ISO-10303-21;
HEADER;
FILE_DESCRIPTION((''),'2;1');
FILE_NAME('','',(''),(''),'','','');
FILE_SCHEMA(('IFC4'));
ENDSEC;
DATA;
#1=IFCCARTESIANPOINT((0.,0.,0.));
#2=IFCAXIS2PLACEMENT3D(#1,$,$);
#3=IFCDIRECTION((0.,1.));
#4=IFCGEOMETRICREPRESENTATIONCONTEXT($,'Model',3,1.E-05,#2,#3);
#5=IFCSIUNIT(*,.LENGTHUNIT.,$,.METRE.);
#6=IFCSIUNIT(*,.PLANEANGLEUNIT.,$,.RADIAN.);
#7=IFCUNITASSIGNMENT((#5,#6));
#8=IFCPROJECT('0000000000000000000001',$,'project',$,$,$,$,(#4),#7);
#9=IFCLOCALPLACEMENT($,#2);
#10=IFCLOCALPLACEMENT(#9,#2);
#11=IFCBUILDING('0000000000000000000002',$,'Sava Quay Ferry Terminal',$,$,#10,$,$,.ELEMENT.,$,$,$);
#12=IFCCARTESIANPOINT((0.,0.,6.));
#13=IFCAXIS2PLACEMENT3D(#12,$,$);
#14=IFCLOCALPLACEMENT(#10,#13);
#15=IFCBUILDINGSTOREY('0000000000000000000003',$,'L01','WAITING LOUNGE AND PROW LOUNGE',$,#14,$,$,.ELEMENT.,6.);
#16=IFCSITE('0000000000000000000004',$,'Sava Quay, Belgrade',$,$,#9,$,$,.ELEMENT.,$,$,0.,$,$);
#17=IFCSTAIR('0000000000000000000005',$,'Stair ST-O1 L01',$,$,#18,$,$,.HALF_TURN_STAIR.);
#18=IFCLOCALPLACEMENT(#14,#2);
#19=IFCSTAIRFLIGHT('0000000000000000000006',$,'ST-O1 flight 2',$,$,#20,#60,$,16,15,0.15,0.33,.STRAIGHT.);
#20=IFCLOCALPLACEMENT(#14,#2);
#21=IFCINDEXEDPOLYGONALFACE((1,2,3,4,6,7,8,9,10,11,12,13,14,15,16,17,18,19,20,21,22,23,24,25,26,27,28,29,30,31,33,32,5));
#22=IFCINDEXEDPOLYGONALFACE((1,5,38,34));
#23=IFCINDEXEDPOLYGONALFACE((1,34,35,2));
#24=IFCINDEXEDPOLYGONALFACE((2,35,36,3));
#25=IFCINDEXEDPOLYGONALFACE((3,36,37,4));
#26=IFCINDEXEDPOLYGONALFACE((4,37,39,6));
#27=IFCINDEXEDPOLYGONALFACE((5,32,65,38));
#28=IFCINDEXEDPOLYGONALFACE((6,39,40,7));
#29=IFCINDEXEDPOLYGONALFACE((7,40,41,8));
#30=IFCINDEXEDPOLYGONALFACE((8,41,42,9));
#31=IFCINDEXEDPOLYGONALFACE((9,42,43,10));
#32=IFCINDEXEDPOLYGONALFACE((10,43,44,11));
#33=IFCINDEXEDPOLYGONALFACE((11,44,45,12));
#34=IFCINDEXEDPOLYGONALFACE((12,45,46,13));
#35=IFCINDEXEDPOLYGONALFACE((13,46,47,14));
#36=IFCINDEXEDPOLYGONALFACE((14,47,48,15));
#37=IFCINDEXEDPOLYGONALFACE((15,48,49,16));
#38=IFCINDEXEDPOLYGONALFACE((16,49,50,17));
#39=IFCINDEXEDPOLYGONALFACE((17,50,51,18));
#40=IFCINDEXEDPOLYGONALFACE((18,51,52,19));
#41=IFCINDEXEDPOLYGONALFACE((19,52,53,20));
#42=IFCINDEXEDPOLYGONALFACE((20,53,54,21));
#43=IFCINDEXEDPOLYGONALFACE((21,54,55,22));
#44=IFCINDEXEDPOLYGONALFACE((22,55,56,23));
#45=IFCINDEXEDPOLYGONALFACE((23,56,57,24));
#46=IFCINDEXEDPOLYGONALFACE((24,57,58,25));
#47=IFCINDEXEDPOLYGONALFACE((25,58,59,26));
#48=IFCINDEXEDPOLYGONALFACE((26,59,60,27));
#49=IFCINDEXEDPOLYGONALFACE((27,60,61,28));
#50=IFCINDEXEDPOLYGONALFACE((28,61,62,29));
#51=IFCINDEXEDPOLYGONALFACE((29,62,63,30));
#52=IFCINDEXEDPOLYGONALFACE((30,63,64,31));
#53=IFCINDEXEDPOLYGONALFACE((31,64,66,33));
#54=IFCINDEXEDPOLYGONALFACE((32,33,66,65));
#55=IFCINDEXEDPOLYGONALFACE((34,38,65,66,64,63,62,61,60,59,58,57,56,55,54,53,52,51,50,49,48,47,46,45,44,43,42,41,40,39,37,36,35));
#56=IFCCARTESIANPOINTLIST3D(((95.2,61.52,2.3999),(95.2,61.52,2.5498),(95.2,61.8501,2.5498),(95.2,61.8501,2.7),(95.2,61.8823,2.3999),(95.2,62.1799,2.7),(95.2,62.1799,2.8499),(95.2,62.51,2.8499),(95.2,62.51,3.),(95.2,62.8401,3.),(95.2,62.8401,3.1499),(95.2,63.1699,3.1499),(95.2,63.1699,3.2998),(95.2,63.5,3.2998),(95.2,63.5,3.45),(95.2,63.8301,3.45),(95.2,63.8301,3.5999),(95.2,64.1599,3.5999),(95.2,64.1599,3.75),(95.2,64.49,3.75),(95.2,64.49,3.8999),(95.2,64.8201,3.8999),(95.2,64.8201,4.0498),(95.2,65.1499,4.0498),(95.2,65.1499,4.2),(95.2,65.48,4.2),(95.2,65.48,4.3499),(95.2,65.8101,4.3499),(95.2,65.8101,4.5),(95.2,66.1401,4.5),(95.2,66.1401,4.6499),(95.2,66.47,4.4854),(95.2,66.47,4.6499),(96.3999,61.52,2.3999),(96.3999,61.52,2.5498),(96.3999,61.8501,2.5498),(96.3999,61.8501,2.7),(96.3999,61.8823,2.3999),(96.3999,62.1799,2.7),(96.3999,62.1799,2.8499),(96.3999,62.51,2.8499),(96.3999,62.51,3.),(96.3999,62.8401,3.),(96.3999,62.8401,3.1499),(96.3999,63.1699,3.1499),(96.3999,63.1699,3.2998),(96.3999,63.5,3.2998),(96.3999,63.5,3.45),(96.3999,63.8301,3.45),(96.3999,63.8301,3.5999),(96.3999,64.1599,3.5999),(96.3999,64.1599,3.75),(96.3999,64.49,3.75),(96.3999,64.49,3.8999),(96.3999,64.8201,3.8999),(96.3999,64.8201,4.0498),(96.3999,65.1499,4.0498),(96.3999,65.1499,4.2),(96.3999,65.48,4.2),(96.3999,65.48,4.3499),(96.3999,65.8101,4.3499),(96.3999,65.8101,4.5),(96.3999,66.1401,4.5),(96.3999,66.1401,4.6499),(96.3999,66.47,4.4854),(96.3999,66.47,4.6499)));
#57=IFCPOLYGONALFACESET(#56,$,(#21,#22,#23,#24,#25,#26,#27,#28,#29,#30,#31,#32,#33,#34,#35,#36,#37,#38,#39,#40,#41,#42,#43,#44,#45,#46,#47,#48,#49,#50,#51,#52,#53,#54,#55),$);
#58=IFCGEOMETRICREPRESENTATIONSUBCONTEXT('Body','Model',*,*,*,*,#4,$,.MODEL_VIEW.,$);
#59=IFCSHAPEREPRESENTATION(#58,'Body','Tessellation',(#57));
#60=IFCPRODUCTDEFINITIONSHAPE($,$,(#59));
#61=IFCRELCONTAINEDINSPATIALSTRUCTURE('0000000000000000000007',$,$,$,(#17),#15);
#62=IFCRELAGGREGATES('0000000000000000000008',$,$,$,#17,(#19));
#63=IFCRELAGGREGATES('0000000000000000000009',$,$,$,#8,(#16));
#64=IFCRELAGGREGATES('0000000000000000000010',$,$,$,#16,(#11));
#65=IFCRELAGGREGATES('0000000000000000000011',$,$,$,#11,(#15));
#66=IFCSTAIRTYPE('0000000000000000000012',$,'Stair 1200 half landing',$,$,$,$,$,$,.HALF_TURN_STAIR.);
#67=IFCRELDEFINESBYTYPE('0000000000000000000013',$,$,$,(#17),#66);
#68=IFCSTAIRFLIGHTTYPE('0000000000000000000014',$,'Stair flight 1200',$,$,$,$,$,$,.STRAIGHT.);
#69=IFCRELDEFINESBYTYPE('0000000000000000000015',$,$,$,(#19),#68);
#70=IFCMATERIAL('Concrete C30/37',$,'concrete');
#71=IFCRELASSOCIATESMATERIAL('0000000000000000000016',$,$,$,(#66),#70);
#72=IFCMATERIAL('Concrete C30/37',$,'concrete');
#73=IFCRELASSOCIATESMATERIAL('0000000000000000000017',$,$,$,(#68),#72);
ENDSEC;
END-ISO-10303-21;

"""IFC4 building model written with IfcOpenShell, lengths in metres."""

from ifc_helpers import new_model, si_unit, direction, frame, origin, place, context, subcontext, project, spatial, polyline, outline, extrude, material, type_object, element, aggregate, save


model = new_model("IFC4")

# Units and contexts
model_context = context("Model", 3, precision=1e-05, world=origin(), true_north=direction((0.0, 1.0)))
body_context = subcontext(model_context, "Body", "Model", "MODEL_VIEW")
ifc_project = project(units=[si_unit("LENGTHUNIT", "METRE"), si_unit("PLANEANGLEUNIT", "RADIAN")], contexts=[model_context])

# Site, building, storey
site_placement = place(None, origin())
site = spatial("IfcSite", under=ifc_project, at=site_placement, Name="Sava Quay, Belgrade", CompositionType="ELEMENT", RefElevation=0.0)
building_placement = place(site_placement, origin())
building = spatial("IfcBuilding", under=site, at=building_placement, Name="Sava Quay Ferry Terminal", CompositionType="ELEMENT")
storey_placement = place(building_placement, frame((0.0, 0.0, 6.0)))
storey = spatial("IfcBuildingStorey", under=building, at=storey_placement, Name="L01", Description="WAITING LOUNGE AND PROW LOUNGE", CompositionType="ELEMENT", Elevation=6.0)

# Stair, stair flight
ifc_material_1 = material(Name="Concrete C30/37", Category="concrete")
stair_type = type_object("IfcStairType", Name="Stair 1200 half landing", PredefinedType="HALF_TURN_STAIR", material=ifc_material_1)
stair_placement = place(storey_placement, origin())
stair = element("IfcStair", 1, at=stair_placement, inside=storey, type_object=stair_type, Name="Stair ST-O1 L01", PredefinedType="HALF_TURN_STAIR")
ifc_material_2 = material(Name="Concrete C30/37", Category="concrete")
stair_flight_type = type_object("IfcStairFlightType", Name="Stair flight 1200", PredefinedType="STRAIGHT", material=ifc_material_2)
stair_flight_placement = place(storey_placement, frame((95.8, 61.52, 2.3999), z_axis=(0.0, 0.0, 1.0), x_axis=(0.0, 1.0, 0.0)))
stair_flight = element("IfcStairFlight", 2, at=stair_flight_placement, type_object=stair_flight_type, Name="ST-O1 flight 2", NumberOfRisers=16, NumberOfTreads=15, PredefinedType="STRAIGHT", RiserHeight=0.15, TreadLength=0.33, context=body_context, shape_type="SweptSolid", body=[
    extrude(outline(polyline([(0.0, 0.0), (0.0, 0.1499), (0.3301, 0.1499), (0.3301, 0.3), (0.6599, 0.3), (0.6599, 0.45), (0.99, 0.45), (0.99, 0.6001), (1.3201, 0.6001), (1.3201, 0.75), (1.6499, 0.75), (1.6499, 0.8999), (1.98, 0.8999), (1.98, 1.05), (2.3101, 1.05), (2.3101, 1.2), (2.6399, 1.2), (2.6399, 1.3501), (2.97, 1.3501), (2.97, 1.5), (3.3, 1.5), (3.3, 1.6499), (3.6299, 1.6499), (3.6299, 1.8), (3.96, 1.8), (3.96, 1.95), (4.29, 1.95), (4.29, 2.1001), (4.6201, 2.1001), (4.6201, 2.25), (4.95, 2.25), (4.95, 2.3999), (4.95, 2.0854), (0.3623, 0.0), (0.0, 0.0)])), frame((0.0, 0.6001, 0.0), z_axis=(0.0, -1.0, 0.0), x_axis=(1.0, 0.0, 0.0)), (0.0, 0.0, 1.0), 1.2),
])
aggregate(stair, [stair_flight])

save(model, "model.ifc")
